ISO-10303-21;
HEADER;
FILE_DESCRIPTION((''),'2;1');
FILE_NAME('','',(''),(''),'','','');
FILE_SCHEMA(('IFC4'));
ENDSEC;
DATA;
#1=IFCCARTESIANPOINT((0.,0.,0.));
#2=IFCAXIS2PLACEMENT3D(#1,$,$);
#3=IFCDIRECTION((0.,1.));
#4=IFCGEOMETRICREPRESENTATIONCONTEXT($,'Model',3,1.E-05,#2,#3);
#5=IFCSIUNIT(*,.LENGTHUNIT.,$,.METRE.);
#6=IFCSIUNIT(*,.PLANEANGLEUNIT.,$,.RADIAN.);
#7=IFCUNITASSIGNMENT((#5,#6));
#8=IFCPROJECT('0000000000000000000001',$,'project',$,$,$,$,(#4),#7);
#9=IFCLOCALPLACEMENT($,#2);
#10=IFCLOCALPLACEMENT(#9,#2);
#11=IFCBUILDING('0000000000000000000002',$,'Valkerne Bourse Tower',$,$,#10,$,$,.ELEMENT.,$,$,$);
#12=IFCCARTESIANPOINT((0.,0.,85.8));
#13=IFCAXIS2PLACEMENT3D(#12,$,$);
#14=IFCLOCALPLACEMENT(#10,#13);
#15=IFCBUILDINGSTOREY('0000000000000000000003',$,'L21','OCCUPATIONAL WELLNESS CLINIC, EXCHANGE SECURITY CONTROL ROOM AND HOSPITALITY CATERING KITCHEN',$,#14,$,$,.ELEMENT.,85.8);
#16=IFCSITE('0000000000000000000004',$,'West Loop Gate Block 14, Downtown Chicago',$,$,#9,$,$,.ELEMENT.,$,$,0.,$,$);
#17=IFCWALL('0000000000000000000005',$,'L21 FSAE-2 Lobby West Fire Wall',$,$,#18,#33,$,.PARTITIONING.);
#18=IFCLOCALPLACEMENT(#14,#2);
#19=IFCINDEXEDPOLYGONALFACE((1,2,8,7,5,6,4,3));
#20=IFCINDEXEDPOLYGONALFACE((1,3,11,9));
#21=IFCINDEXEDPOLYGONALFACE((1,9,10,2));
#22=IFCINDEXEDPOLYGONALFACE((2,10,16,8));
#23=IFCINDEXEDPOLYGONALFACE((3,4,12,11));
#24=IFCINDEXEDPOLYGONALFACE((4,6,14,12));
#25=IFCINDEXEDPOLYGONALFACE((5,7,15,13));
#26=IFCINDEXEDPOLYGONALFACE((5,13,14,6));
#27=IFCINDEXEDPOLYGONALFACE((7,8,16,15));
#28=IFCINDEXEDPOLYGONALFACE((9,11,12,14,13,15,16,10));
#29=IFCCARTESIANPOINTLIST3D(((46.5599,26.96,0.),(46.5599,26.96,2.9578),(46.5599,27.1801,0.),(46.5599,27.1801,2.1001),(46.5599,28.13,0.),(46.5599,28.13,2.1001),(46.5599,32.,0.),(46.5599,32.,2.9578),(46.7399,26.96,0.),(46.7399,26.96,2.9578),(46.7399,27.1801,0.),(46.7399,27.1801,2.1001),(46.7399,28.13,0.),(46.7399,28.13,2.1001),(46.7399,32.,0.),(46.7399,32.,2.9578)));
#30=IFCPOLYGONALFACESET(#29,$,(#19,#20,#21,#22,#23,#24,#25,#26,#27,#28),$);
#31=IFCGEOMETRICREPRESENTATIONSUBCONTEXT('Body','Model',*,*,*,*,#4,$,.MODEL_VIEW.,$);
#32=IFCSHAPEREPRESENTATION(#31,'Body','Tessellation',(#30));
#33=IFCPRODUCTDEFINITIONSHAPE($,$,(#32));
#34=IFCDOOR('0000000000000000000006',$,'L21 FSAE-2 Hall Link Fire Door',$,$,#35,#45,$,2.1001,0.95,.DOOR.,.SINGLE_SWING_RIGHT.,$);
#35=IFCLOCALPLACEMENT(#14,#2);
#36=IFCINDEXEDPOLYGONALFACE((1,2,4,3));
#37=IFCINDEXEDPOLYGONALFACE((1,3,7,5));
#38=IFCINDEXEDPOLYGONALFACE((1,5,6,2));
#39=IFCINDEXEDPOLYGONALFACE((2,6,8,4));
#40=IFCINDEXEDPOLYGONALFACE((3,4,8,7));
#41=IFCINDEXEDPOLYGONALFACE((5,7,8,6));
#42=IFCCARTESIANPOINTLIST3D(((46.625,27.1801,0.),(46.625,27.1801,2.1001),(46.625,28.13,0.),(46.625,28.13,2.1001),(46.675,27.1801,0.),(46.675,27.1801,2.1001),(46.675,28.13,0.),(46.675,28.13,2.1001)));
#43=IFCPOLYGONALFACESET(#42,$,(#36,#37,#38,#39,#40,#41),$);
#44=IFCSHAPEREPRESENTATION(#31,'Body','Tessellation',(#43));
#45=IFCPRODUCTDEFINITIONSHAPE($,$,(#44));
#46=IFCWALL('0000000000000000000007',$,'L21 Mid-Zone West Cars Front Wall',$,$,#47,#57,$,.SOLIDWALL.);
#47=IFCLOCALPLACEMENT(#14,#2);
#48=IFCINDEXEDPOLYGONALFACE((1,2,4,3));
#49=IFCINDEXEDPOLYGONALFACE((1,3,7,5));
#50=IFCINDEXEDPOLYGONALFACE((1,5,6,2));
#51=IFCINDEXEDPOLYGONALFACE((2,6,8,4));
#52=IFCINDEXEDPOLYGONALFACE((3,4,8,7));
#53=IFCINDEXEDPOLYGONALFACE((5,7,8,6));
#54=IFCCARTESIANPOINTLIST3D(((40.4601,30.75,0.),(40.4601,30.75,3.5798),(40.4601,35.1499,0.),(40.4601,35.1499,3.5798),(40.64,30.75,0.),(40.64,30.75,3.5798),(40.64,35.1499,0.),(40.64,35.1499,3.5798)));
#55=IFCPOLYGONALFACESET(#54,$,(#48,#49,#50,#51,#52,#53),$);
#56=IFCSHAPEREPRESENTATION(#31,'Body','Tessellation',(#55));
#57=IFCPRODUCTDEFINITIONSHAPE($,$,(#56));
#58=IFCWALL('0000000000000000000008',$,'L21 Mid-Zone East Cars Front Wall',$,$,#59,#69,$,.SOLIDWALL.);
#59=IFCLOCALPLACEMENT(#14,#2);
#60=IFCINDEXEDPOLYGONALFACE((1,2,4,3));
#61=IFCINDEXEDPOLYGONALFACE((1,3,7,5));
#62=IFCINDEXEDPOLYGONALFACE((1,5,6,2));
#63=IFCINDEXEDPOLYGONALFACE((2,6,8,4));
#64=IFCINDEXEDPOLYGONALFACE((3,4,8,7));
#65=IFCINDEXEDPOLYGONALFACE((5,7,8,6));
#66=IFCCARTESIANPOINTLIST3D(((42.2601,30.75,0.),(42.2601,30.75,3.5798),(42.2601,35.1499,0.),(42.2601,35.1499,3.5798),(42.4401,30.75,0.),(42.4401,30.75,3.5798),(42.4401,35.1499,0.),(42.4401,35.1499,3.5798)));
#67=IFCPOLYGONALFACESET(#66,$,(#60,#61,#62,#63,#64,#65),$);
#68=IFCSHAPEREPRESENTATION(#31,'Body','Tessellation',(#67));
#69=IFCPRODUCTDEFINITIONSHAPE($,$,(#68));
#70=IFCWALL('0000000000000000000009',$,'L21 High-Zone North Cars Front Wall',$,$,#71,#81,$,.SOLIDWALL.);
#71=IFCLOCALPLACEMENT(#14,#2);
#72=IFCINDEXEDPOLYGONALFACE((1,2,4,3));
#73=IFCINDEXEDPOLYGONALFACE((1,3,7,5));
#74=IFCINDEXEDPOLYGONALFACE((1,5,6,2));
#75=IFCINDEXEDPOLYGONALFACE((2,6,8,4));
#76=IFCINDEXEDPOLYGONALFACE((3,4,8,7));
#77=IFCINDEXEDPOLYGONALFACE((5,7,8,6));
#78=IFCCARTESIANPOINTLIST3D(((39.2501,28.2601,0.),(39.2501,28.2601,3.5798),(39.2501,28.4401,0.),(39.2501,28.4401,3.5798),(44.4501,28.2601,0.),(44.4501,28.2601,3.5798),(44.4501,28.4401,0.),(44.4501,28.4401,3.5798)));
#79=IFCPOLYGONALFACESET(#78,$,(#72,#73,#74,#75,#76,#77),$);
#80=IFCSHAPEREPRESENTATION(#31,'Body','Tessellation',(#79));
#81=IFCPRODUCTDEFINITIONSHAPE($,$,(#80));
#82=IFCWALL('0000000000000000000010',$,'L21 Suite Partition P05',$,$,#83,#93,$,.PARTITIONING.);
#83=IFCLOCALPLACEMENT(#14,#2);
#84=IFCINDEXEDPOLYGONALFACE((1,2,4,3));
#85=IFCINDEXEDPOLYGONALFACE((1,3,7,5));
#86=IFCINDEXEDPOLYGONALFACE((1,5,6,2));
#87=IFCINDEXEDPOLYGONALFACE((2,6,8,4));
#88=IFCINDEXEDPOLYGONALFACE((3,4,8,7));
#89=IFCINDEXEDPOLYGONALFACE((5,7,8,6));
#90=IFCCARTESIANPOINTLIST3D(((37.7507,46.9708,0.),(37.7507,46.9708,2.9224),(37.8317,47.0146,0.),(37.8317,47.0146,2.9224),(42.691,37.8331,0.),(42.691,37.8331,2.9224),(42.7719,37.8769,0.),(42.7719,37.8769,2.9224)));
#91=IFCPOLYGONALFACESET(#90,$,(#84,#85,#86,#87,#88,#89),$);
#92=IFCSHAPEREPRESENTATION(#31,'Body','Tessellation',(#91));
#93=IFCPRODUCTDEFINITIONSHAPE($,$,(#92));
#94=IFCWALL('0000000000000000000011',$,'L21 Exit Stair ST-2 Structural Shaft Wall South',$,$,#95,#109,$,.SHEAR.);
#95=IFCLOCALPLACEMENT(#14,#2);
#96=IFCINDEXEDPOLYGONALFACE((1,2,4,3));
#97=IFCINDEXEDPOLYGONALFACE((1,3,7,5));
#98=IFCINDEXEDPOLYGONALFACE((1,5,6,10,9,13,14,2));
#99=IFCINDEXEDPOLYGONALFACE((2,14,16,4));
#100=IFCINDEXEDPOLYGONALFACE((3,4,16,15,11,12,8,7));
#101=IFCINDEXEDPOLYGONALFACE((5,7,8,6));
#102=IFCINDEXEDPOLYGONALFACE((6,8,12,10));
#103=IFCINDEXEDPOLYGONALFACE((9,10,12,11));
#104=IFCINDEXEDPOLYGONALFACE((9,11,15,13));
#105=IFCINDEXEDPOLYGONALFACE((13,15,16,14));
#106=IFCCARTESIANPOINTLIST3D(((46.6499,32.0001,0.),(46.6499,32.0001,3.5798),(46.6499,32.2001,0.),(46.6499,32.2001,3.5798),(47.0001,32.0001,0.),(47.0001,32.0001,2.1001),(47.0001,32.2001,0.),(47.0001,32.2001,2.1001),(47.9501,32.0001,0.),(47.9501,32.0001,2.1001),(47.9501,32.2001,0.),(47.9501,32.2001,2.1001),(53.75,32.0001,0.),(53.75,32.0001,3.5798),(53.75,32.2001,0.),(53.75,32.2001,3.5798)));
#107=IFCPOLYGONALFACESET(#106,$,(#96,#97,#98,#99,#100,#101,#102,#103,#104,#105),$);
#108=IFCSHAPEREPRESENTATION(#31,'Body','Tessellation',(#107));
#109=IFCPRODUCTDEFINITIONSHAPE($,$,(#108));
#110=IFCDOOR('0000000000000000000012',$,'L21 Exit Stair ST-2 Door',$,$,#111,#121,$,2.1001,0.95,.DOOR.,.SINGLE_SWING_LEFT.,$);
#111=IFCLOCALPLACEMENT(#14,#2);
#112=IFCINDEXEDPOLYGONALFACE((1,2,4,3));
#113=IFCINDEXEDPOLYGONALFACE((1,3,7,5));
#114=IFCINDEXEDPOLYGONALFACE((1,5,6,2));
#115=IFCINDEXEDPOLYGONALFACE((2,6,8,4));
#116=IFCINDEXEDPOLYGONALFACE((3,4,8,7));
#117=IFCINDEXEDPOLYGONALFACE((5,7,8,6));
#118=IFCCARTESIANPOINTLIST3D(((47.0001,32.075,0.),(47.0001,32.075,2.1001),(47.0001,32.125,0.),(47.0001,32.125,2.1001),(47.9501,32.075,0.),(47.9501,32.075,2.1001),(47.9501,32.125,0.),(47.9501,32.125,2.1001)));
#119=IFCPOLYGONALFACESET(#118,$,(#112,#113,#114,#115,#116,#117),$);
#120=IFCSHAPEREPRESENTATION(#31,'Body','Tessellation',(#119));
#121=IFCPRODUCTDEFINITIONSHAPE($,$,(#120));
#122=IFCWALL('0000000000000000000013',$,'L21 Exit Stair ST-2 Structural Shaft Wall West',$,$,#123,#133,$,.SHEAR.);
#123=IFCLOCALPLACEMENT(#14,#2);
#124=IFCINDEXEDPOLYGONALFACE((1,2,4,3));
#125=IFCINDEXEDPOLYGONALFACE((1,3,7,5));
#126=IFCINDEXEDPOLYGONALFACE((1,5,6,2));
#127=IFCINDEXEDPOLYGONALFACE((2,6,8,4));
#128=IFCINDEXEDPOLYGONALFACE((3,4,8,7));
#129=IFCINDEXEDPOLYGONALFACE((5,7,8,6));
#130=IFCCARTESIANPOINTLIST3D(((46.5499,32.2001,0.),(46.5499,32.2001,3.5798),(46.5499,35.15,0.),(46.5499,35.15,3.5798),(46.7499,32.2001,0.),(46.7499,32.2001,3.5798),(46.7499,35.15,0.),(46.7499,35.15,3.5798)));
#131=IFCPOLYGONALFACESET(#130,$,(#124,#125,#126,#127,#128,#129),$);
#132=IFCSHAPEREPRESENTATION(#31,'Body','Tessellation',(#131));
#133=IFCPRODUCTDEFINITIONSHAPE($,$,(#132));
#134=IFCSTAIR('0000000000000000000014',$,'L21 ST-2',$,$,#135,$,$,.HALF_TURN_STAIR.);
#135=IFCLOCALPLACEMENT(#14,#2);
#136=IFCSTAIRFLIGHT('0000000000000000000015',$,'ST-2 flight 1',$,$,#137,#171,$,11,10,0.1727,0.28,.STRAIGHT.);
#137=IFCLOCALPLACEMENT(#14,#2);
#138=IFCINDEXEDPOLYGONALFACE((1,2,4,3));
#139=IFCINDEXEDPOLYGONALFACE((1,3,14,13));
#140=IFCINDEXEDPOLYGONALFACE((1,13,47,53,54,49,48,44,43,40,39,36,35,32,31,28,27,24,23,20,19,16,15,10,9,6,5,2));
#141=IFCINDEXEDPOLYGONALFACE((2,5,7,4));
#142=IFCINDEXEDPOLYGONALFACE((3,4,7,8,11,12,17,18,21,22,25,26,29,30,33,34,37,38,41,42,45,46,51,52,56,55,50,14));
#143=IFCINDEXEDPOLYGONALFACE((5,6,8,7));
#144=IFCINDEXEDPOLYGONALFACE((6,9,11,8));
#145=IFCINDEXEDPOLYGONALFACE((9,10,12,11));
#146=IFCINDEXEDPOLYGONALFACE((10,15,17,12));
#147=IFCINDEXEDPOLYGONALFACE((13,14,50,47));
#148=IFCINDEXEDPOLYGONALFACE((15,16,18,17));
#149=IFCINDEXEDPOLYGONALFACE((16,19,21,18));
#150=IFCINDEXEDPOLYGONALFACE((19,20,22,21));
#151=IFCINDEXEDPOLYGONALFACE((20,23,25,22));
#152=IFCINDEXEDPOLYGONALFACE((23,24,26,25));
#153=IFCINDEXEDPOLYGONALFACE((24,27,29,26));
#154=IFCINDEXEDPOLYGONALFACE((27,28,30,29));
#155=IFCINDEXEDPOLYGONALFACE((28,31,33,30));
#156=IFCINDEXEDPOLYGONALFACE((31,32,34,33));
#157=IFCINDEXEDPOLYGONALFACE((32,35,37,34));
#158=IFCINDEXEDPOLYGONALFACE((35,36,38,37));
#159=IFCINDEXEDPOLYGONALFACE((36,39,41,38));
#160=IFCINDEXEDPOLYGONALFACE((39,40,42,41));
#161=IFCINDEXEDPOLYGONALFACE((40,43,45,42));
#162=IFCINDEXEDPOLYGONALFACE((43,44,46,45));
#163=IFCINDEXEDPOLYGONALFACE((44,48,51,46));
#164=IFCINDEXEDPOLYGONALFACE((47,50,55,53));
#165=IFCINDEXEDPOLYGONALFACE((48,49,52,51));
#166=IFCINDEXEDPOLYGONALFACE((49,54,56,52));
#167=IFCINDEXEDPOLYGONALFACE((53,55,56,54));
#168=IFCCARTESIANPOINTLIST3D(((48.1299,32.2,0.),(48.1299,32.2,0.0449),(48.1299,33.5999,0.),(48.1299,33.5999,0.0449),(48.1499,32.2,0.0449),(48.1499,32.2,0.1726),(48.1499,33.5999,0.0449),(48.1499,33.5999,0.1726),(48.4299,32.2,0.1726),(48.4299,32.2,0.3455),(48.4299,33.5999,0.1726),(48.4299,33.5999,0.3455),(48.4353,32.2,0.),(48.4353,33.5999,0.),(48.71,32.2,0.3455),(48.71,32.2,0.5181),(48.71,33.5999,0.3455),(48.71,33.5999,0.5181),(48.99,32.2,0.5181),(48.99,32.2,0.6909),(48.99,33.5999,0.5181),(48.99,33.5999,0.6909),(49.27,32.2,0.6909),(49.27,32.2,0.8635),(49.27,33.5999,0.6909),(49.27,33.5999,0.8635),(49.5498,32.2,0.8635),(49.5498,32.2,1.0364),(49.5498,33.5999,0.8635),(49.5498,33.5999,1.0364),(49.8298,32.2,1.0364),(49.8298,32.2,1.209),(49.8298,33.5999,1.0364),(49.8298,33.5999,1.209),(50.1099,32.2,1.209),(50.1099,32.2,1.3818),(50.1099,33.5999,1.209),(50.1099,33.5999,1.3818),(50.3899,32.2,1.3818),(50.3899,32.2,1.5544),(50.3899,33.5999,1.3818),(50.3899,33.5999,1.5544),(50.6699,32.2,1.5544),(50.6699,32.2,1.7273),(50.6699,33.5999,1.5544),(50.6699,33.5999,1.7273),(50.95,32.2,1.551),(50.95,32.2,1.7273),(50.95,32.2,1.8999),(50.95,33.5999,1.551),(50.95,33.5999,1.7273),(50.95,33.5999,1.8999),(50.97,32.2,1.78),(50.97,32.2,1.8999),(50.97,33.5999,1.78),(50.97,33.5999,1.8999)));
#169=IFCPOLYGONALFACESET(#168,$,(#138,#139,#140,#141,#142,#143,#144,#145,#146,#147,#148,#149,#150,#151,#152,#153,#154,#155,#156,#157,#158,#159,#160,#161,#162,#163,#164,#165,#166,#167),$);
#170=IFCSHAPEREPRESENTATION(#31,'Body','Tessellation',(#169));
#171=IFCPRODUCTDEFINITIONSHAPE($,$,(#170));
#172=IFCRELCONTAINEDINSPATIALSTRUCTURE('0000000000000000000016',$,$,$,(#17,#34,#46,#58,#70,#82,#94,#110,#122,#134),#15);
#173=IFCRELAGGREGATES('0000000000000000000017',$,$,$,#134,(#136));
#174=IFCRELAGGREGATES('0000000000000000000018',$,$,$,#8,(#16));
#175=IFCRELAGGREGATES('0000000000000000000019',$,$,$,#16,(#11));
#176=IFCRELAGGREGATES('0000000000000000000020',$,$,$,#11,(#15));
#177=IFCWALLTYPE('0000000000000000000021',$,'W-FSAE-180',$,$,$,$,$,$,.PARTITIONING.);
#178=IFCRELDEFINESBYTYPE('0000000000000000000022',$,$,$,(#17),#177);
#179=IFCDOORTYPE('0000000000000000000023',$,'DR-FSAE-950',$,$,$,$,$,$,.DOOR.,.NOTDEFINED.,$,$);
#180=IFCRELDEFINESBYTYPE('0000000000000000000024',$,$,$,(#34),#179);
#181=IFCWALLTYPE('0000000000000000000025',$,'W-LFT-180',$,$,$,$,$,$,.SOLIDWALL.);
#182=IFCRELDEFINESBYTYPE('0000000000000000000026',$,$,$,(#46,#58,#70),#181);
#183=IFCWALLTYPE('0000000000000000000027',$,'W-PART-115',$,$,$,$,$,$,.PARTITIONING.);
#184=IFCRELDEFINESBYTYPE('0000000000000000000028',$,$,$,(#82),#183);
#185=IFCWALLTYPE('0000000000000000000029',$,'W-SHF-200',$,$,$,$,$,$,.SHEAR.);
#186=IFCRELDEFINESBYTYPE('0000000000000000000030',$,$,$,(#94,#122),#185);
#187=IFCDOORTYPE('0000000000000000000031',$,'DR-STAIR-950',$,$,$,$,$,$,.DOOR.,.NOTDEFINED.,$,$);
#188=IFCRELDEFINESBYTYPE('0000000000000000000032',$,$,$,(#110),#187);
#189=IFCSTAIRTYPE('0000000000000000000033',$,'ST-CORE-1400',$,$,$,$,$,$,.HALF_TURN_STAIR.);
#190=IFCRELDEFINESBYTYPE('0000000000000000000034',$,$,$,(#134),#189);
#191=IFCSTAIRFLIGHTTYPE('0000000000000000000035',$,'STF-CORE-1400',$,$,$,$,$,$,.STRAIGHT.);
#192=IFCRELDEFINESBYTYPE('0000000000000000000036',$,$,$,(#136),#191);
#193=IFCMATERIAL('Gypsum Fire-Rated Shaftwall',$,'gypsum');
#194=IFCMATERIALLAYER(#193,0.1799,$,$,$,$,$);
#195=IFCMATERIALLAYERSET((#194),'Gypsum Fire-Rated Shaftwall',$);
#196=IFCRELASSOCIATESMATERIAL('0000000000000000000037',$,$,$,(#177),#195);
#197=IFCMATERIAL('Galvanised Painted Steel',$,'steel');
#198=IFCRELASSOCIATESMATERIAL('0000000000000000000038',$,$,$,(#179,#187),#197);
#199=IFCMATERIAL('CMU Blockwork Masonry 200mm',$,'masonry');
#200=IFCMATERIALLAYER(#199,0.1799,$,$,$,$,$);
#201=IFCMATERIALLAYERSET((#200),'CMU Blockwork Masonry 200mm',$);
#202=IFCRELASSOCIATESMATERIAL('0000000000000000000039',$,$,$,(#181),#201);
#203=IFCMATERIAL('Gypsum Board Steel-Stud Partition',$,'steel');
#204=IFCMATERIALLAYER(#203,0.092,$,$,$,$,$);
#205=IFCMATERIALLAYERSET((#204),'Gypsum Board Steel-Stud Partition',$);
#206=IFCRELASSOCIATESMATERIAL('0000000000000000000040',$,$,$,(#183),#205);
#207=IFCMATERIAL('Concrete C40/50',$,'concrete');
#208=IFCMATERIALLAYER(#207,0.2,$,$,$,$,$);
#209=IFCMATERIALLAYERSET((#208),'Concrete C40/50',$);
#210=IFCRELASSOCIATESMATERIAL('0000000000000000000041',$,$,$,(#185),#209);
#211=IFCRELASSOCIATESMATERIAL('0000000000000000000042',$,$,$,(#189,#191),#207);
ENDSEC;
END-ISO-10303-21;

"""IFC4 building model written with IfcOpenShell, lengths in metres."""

from ifc_helpers import new_model, si_unit, direction, frame, frame_2d, origin, place, context, subcontext, project, spatial, polyline, rectangle, outline, extrude, material, layer, layer_set, type_object, element, fill, aggregate, save


model = new_model("IFC4")

# Units and contexts
model_context = context("Model", 3, precision=1e-05, world=origin(), true_north=direction((0.0, 1.0)))
body_context = subcontext(model_context, "Body", "Model", "MODEL_VIEW")
ifc_project = project(units=[si_unit("LENGTHUNIT", "METRE"), si_unit("PLANEANGLEUNIT", "RADIAN")], contexts=[model_context])

# Site, building, storey
site_placement = place(None, origin())
site = spatial("IfcSite", under=ifc_project, at=site_placement, Name="West Loop Gate Block 14, Downtown Chicago", CompositionType="ELEMENT", RefElevation=0.0)
building_placement = place(site_placement, origin())
building = spatial("IfcBuilding", under=site, at=building_placement, Name="Valkerne Bourse Tower", CompositionType="ELEMENT")
storey_placement = place(building_placement, frame((0.0, 0.0, 85.8)))
storey = spatial("IfcBuildingStorey", under=building, at=storey_placement, Name="L21", Description="OCCUPATIONAL WELLNESS CLINIC, EXCHANGE SECURITY CONTROL ROOM AND HOSPITALITY CATERING KITCHEN", CompositionType="ELEMENT", Elevation=85.8)

# Shared definitions
ifc_material_1 = material(Name="Gypsum Fire-Rated Shaftwall", Category="gypsum")
ifc_layer_1 = layer(ifc_material_1, 0.1799)
ifc_layer_set_1 = layer_set([ifc_layer_1], Name="Gypsum Fire-Rated Shaftwall")
wall_type_1 = type_object("IfcWallType", Name="W-FSAE-180", PredefinedType="PARTITIONING", material=ifc_layer_set_1)

# Wall, opening, door
wall_1_placement = place(storey_placement, frame((46.6499, 26.96, 0.0), z_axis=(0.0, 0.0, 1.0), x_axis=(0.0, 1.0, 0.0)))
wall_1 = element("IfcWall", 1, at=wall_1_placement, inside=storey, type_object=wall_type_1, Name="L21 FSAE-2 Lobby West Fire Wall", PredefinedType="PARTITIONING", context=body_context, shape_type="SweptSolid", body=[
    extrude(rectangle(XDim=5.04, YDim=0.1799, at=frame_2d((2.52, 0.0))), origin(), (0.0, 0.0, 1.0), 2.9578),
])
opening_1_placement = place(wall_1_placement, frame((0.22, 0.0, 0.0)))
opening_1 = element("IfcOpeningElement", 2, at=opening_1_placement, cuts=wall_1, PredefinedType="OPENING", context=body_context, shape_type="SweptSolid", body=[
    extrude(rectangle(XDim=0.95, YDim=2.1001, at=frame_2d((0.4751, 1.05))), frame((0.0, 0.0999, 0.0), z_axis=(0.0, -1.0, 0.0), x_axis=(1.0, 0.0, 0.0)), (0.0, 0.0, 1.0), 0.2),
])
ifc_material_2 = material(Name="Galvanised Painted Steel", Category="steel")
door_type_1 = type_object("IfcDoorType", Name="DR-FSAE-950", OperationType="NOTDEFINED", PredefinedType="DOOR", material=ifc_material_2)
door_1_placement = place(opening_1_placement, origin())
door_1 = element("IfcDoor", 3, at=door_1_placement, inside=storey, type_object=door_type_1, Name="L21 FSAE-2 Hall Link Fire Door", OperationType="SINGLE_SWING_RIGHT", OverallHeight=2.1001, OverallWidth=0.95, PredefinedType="DOOR", context=body_context, shape_type="SweptSolid", body=[
    extrude(rectangle(XDim=0.95, YDim=2.1001, at=frame_2d((0.4751, 1.05))), frame((0.0, 0.0249, 0.0), z_axis=(0.0, -1.0, 0.0), x_axis=(1.0, 0.0, 0.0)), (0.0, 0.0, 1.0), 0.05),
])
fill(opening_1, door_1)

# Walls
ifc_material_3 = material(Name="CMU Blockwork Masonry 200mm", Category="masonry")
ifc_layer_2 = layer(ifc_material_3, 0.1799)
ifc_layer_set_2 = layer_set([ifc_layer_2], Name="CMU Blockwork Masonry 200mm")
wall_type_2 = type_object("IfcWallType", Name="W-LFT-180", PredefinedType="SOLIDWALL", material=ifc_layer_set_2)
for number, where, z_axis, x_axis, name in (
    (4, (40.55, 30.75, 0.0), (0.0, 0.0, 1.0), (0.0, 1.0, 0.0), "L21 Mid-Zone West Cars Front Wall"),
    (5, (42.3501, 30.75, 0.0), (0.0, 0.0, 1.0), (0.0, 1.0, 0.0), "L21 Mid-Zone East Cars Front Wall"),
):
    element("IfcWall", number, at=place(storey_placement, frame(where, z_axis=z_axis, x_axis=x_axis)), inside=storey, type_object=wall_type_2, Name=name, PredefinedType="SOLIDWALL", context=body_context, shape_type="SweptSolid", body=[
        extrude(rectangle(XDim=4.3999, YDim=0.1799, at=frame_2d((2.2, 0.0))), origin(), (0.0, 0.0, 1.0), 3.5798),
    ])
wall_2_placement = place(storey_placement, frame((39.25, 28.3501, 0.0), z_axis=(0.0, 0.0, 1.0), x_axis=(1.0, 0.0, 0.0)))
element("IfcWall", 6, at=wall_2_placement, inside=storey, type_object=wall_type_2, Name="L21 High-Zone North Cars Front Wall", PredefinedType="SOLIDWALL", context=body_context, shape_type="SweptSolid", body=[
    extrude(rectangle(XDim=5.2, YDim=0.1799, at=frame_2d((2.6001, 0.0))), origin(), (0.0, 0.0, 1.0), 3.5798),
])
ifc_material_4 = material(Name="Gypsum Board Steel-Stud Partition", Category="steel")
ifc_layer_3 = layer(ifc_material_4, 0.092)
ifc_layer_set_3 = layer_set([ifc_layer_3], Name="Gypsum Board Steel-Stud Partition")
wall_type_3 = type_object("IfcWallType", Name="W-PART-115", PredefinedType="PARTITIONING", material=ifc_layer_set_3)
wall_3_placement = place(storey_placement, frame((42.7314, 37.855, 0.0), z_axis=(0.0, 0.0, 1.0), x_axis=(-0.475583, 0.879671, 0.0)))
element("IfcWall", 7, at=wall_3_placement, inside=storey, type_object=wall_type_3, Name="L21 Suite Partition P05", PredefinedType="PARTITIONING", context=body_context, shape_type="SweptSolid", body=[
    extrude(rectangle(XDim=10.3877, YDim=0.092, at=frame_2d((5.1938, 0.0))), origin(), (0.0, 0.0, 1.0), 2.9224),
])

# Wall, opening, door
ifc_material_5 = material(Name="Concrete C40/50", Category="concrete")
ifc_layer_4 = layer(ifc_material_5, 0.2)
ifc_layer_set_4 = layer_set([ifc_layer_4], Name="Concrete C40/50")
wall_type_4 = type_object("IfcWallType", Name="W-SHF-200", PredefinedType="SHEAR", material=ifc_layer_set_4)
wall_4_placement = place(storey_placement, frame((46.6499, 32.1001, 0.0), z_axis=(0.0, 0.0, 1.0), x_axis=(1.0, 0.0, 0.0)))
wall_4 = element("IfcWall", 8, at=wall_4_placement, inside=storey, type_object=wall_type_4, Name="L21 Exit Stair ST-2 Structural Shaft Wall South", PredefinedType="SHEAR", context=body_context, shape_type="SweptSolid", body=[
    extrude(rectangle(XDim=7.1001, YDim=0.2, at=frame_2d((3.55, 0.0))), origin(), (0.0, 0.0, 1.0), 3.5798),
])
opening_2_placement = place(wall_4_placement, frame((0.3501, 0.0, 0.0)))
opening_2 = element("IfcOpeningElement", 9, at=opening_2_placement, cuts=wall_4, PredefinedType="OPENING", context=body_context, shape_type="SweptSolid", body=[
    extrude(rectangle(XDim=0.95, YDim=2.1001, at=frame_2d((0.4751, 1.05))), frame((0.0, 0.1099, 0.0), z_axis=(0.0, -1.0, 0.0), x_axis=(1.0, 0.0, 0.0)), (0.0, 0.0, 1.0), 0.22),
])
door_type_2 = type_object("IfcDoorType", Name="DR-STAIR-950", OperationType="NOTDEFINED", PredefinedType="DOOR", material=ifc_material_2)
door_2_placement = place(opening_2_placement, origin())
door_2 = element("IfcDoor", 10, at=door_2_placement, inside=storey, type_object=door_type_2, Name="L21 Exit Stair ST-2 Door", OperationType="SINGLE_SWING_LEFT", OverallHeight=2.1001, OverallWidth=0.95, PredefinedType="DOOR", context=body_context, shape_type="SweptSolid", body=[
    extrude(rectangle(XDim=0.95, YDim=2.1001, at=frame_2d((0.4751, 1.05))), frame((0.0, 0.0249, 0.0), z_axis=(0.0, -1.0, 0.0), x_axis=(1.0, 0.0, 0.0)), (0.0, 0.0, 1.0), 0.05),
])
fill(opening_2, door_2)

# Wall
wall_5_placement = place(storey_placement, frame((46.6499, 32.2, 0.0), z_axis=(0.0, 0.0, 1.0), x_axis=(0.0, 1.0, 0.0)))
element("IfcWall", 11, at=wall_5_placement, inside=storey, type_object=wall_type_4, Name="L21 Exit Stair ST-2 Structural Shaft Wall West", PredefinedType="SHEAR", context=body_context, shape_type="SweptSolid", body=[
    extrude(rectangle(XDim=2.95, YDim=0.2, at=frame_2d((1.4751, 0.0))), origin(), (0.0, 0.0, 1.0), 3.5798),
])

# Stair, stair flight
stair_type = type_object("IfcStairType", Name="ST-CORE-1400", PredefinedType="HALF_TURN_STAIR", material=ifc_material_5)
stair_placement = place(storey_placement, origin())
stair = element("IfcStair", 12, at=stair_placement, inside=storey, type_object=stair_type, Name="L21 ST-2", PredefinedType="HALF_TURN_STAIR")
stair_flight_type = type_object("IfcStairFlightType", Name="STF-CORE-1400", PredefinedType="STRAIGHT", material=ifc_material_5)
stair_flight_placement = place(storey_placement, frame((48.1499, 32.8999, 0.0), z_axis=(0.0, 0.0, 1.0), x_axis=(1.0, 0.0, 0.0)))
stair_flight = element("IfcStairFlight", 13, at=stair_flight_placement, type_object=stair_flight_type, Name="ST-2 flight 1", NumberOfRisers=11, NumberOfTreads=10, PredefinedType="STRAIGHT", RiserHeight=0.1727, TreadLength=0.28, context=body_context, shape_type="SweptSolid", body=[
    extrude(outline(polyline([(-0.02, 0.0), (-0.02, 0.0449), (0.0, 0.0449), (0.0, 0.1726), (0.28, 0.1726), (0.28, 0.3455), (0.5601, 0.3455), (0.5601, 0.5181), (0.8401, 0.5181), (0.8401, 0.6909), (1.1201, 0.6909), (1.1201, 0.8635), (1.3999, 0.8635), (1.3999, 1.0364), (1.6799, 1.0364), (1.6799, 1.209), (1.96, 1.209), (1.96, 1.3818), (2.24, 1.3818), (2.24, 1.5544), (2.52, 1.5544), (2.52, 1.7273), (2.8, 1.7273), (2.8, 1.8999), (2.8201, 1.8999), (2.8201, 1.78), (2.8, 1.551), (0.2854, 0.0), (-0.02, 0.0)])), frame((0.0, 0.7, 0.0), z_axis=(0.0, -1.0, 0.0), x_axis=(1.0, 0.0, 0.0)), (0.0, 0.0, 1.0), 1.3999),
])
aggregate(stair, [stair_flight])

save(model, "model.ifc")
